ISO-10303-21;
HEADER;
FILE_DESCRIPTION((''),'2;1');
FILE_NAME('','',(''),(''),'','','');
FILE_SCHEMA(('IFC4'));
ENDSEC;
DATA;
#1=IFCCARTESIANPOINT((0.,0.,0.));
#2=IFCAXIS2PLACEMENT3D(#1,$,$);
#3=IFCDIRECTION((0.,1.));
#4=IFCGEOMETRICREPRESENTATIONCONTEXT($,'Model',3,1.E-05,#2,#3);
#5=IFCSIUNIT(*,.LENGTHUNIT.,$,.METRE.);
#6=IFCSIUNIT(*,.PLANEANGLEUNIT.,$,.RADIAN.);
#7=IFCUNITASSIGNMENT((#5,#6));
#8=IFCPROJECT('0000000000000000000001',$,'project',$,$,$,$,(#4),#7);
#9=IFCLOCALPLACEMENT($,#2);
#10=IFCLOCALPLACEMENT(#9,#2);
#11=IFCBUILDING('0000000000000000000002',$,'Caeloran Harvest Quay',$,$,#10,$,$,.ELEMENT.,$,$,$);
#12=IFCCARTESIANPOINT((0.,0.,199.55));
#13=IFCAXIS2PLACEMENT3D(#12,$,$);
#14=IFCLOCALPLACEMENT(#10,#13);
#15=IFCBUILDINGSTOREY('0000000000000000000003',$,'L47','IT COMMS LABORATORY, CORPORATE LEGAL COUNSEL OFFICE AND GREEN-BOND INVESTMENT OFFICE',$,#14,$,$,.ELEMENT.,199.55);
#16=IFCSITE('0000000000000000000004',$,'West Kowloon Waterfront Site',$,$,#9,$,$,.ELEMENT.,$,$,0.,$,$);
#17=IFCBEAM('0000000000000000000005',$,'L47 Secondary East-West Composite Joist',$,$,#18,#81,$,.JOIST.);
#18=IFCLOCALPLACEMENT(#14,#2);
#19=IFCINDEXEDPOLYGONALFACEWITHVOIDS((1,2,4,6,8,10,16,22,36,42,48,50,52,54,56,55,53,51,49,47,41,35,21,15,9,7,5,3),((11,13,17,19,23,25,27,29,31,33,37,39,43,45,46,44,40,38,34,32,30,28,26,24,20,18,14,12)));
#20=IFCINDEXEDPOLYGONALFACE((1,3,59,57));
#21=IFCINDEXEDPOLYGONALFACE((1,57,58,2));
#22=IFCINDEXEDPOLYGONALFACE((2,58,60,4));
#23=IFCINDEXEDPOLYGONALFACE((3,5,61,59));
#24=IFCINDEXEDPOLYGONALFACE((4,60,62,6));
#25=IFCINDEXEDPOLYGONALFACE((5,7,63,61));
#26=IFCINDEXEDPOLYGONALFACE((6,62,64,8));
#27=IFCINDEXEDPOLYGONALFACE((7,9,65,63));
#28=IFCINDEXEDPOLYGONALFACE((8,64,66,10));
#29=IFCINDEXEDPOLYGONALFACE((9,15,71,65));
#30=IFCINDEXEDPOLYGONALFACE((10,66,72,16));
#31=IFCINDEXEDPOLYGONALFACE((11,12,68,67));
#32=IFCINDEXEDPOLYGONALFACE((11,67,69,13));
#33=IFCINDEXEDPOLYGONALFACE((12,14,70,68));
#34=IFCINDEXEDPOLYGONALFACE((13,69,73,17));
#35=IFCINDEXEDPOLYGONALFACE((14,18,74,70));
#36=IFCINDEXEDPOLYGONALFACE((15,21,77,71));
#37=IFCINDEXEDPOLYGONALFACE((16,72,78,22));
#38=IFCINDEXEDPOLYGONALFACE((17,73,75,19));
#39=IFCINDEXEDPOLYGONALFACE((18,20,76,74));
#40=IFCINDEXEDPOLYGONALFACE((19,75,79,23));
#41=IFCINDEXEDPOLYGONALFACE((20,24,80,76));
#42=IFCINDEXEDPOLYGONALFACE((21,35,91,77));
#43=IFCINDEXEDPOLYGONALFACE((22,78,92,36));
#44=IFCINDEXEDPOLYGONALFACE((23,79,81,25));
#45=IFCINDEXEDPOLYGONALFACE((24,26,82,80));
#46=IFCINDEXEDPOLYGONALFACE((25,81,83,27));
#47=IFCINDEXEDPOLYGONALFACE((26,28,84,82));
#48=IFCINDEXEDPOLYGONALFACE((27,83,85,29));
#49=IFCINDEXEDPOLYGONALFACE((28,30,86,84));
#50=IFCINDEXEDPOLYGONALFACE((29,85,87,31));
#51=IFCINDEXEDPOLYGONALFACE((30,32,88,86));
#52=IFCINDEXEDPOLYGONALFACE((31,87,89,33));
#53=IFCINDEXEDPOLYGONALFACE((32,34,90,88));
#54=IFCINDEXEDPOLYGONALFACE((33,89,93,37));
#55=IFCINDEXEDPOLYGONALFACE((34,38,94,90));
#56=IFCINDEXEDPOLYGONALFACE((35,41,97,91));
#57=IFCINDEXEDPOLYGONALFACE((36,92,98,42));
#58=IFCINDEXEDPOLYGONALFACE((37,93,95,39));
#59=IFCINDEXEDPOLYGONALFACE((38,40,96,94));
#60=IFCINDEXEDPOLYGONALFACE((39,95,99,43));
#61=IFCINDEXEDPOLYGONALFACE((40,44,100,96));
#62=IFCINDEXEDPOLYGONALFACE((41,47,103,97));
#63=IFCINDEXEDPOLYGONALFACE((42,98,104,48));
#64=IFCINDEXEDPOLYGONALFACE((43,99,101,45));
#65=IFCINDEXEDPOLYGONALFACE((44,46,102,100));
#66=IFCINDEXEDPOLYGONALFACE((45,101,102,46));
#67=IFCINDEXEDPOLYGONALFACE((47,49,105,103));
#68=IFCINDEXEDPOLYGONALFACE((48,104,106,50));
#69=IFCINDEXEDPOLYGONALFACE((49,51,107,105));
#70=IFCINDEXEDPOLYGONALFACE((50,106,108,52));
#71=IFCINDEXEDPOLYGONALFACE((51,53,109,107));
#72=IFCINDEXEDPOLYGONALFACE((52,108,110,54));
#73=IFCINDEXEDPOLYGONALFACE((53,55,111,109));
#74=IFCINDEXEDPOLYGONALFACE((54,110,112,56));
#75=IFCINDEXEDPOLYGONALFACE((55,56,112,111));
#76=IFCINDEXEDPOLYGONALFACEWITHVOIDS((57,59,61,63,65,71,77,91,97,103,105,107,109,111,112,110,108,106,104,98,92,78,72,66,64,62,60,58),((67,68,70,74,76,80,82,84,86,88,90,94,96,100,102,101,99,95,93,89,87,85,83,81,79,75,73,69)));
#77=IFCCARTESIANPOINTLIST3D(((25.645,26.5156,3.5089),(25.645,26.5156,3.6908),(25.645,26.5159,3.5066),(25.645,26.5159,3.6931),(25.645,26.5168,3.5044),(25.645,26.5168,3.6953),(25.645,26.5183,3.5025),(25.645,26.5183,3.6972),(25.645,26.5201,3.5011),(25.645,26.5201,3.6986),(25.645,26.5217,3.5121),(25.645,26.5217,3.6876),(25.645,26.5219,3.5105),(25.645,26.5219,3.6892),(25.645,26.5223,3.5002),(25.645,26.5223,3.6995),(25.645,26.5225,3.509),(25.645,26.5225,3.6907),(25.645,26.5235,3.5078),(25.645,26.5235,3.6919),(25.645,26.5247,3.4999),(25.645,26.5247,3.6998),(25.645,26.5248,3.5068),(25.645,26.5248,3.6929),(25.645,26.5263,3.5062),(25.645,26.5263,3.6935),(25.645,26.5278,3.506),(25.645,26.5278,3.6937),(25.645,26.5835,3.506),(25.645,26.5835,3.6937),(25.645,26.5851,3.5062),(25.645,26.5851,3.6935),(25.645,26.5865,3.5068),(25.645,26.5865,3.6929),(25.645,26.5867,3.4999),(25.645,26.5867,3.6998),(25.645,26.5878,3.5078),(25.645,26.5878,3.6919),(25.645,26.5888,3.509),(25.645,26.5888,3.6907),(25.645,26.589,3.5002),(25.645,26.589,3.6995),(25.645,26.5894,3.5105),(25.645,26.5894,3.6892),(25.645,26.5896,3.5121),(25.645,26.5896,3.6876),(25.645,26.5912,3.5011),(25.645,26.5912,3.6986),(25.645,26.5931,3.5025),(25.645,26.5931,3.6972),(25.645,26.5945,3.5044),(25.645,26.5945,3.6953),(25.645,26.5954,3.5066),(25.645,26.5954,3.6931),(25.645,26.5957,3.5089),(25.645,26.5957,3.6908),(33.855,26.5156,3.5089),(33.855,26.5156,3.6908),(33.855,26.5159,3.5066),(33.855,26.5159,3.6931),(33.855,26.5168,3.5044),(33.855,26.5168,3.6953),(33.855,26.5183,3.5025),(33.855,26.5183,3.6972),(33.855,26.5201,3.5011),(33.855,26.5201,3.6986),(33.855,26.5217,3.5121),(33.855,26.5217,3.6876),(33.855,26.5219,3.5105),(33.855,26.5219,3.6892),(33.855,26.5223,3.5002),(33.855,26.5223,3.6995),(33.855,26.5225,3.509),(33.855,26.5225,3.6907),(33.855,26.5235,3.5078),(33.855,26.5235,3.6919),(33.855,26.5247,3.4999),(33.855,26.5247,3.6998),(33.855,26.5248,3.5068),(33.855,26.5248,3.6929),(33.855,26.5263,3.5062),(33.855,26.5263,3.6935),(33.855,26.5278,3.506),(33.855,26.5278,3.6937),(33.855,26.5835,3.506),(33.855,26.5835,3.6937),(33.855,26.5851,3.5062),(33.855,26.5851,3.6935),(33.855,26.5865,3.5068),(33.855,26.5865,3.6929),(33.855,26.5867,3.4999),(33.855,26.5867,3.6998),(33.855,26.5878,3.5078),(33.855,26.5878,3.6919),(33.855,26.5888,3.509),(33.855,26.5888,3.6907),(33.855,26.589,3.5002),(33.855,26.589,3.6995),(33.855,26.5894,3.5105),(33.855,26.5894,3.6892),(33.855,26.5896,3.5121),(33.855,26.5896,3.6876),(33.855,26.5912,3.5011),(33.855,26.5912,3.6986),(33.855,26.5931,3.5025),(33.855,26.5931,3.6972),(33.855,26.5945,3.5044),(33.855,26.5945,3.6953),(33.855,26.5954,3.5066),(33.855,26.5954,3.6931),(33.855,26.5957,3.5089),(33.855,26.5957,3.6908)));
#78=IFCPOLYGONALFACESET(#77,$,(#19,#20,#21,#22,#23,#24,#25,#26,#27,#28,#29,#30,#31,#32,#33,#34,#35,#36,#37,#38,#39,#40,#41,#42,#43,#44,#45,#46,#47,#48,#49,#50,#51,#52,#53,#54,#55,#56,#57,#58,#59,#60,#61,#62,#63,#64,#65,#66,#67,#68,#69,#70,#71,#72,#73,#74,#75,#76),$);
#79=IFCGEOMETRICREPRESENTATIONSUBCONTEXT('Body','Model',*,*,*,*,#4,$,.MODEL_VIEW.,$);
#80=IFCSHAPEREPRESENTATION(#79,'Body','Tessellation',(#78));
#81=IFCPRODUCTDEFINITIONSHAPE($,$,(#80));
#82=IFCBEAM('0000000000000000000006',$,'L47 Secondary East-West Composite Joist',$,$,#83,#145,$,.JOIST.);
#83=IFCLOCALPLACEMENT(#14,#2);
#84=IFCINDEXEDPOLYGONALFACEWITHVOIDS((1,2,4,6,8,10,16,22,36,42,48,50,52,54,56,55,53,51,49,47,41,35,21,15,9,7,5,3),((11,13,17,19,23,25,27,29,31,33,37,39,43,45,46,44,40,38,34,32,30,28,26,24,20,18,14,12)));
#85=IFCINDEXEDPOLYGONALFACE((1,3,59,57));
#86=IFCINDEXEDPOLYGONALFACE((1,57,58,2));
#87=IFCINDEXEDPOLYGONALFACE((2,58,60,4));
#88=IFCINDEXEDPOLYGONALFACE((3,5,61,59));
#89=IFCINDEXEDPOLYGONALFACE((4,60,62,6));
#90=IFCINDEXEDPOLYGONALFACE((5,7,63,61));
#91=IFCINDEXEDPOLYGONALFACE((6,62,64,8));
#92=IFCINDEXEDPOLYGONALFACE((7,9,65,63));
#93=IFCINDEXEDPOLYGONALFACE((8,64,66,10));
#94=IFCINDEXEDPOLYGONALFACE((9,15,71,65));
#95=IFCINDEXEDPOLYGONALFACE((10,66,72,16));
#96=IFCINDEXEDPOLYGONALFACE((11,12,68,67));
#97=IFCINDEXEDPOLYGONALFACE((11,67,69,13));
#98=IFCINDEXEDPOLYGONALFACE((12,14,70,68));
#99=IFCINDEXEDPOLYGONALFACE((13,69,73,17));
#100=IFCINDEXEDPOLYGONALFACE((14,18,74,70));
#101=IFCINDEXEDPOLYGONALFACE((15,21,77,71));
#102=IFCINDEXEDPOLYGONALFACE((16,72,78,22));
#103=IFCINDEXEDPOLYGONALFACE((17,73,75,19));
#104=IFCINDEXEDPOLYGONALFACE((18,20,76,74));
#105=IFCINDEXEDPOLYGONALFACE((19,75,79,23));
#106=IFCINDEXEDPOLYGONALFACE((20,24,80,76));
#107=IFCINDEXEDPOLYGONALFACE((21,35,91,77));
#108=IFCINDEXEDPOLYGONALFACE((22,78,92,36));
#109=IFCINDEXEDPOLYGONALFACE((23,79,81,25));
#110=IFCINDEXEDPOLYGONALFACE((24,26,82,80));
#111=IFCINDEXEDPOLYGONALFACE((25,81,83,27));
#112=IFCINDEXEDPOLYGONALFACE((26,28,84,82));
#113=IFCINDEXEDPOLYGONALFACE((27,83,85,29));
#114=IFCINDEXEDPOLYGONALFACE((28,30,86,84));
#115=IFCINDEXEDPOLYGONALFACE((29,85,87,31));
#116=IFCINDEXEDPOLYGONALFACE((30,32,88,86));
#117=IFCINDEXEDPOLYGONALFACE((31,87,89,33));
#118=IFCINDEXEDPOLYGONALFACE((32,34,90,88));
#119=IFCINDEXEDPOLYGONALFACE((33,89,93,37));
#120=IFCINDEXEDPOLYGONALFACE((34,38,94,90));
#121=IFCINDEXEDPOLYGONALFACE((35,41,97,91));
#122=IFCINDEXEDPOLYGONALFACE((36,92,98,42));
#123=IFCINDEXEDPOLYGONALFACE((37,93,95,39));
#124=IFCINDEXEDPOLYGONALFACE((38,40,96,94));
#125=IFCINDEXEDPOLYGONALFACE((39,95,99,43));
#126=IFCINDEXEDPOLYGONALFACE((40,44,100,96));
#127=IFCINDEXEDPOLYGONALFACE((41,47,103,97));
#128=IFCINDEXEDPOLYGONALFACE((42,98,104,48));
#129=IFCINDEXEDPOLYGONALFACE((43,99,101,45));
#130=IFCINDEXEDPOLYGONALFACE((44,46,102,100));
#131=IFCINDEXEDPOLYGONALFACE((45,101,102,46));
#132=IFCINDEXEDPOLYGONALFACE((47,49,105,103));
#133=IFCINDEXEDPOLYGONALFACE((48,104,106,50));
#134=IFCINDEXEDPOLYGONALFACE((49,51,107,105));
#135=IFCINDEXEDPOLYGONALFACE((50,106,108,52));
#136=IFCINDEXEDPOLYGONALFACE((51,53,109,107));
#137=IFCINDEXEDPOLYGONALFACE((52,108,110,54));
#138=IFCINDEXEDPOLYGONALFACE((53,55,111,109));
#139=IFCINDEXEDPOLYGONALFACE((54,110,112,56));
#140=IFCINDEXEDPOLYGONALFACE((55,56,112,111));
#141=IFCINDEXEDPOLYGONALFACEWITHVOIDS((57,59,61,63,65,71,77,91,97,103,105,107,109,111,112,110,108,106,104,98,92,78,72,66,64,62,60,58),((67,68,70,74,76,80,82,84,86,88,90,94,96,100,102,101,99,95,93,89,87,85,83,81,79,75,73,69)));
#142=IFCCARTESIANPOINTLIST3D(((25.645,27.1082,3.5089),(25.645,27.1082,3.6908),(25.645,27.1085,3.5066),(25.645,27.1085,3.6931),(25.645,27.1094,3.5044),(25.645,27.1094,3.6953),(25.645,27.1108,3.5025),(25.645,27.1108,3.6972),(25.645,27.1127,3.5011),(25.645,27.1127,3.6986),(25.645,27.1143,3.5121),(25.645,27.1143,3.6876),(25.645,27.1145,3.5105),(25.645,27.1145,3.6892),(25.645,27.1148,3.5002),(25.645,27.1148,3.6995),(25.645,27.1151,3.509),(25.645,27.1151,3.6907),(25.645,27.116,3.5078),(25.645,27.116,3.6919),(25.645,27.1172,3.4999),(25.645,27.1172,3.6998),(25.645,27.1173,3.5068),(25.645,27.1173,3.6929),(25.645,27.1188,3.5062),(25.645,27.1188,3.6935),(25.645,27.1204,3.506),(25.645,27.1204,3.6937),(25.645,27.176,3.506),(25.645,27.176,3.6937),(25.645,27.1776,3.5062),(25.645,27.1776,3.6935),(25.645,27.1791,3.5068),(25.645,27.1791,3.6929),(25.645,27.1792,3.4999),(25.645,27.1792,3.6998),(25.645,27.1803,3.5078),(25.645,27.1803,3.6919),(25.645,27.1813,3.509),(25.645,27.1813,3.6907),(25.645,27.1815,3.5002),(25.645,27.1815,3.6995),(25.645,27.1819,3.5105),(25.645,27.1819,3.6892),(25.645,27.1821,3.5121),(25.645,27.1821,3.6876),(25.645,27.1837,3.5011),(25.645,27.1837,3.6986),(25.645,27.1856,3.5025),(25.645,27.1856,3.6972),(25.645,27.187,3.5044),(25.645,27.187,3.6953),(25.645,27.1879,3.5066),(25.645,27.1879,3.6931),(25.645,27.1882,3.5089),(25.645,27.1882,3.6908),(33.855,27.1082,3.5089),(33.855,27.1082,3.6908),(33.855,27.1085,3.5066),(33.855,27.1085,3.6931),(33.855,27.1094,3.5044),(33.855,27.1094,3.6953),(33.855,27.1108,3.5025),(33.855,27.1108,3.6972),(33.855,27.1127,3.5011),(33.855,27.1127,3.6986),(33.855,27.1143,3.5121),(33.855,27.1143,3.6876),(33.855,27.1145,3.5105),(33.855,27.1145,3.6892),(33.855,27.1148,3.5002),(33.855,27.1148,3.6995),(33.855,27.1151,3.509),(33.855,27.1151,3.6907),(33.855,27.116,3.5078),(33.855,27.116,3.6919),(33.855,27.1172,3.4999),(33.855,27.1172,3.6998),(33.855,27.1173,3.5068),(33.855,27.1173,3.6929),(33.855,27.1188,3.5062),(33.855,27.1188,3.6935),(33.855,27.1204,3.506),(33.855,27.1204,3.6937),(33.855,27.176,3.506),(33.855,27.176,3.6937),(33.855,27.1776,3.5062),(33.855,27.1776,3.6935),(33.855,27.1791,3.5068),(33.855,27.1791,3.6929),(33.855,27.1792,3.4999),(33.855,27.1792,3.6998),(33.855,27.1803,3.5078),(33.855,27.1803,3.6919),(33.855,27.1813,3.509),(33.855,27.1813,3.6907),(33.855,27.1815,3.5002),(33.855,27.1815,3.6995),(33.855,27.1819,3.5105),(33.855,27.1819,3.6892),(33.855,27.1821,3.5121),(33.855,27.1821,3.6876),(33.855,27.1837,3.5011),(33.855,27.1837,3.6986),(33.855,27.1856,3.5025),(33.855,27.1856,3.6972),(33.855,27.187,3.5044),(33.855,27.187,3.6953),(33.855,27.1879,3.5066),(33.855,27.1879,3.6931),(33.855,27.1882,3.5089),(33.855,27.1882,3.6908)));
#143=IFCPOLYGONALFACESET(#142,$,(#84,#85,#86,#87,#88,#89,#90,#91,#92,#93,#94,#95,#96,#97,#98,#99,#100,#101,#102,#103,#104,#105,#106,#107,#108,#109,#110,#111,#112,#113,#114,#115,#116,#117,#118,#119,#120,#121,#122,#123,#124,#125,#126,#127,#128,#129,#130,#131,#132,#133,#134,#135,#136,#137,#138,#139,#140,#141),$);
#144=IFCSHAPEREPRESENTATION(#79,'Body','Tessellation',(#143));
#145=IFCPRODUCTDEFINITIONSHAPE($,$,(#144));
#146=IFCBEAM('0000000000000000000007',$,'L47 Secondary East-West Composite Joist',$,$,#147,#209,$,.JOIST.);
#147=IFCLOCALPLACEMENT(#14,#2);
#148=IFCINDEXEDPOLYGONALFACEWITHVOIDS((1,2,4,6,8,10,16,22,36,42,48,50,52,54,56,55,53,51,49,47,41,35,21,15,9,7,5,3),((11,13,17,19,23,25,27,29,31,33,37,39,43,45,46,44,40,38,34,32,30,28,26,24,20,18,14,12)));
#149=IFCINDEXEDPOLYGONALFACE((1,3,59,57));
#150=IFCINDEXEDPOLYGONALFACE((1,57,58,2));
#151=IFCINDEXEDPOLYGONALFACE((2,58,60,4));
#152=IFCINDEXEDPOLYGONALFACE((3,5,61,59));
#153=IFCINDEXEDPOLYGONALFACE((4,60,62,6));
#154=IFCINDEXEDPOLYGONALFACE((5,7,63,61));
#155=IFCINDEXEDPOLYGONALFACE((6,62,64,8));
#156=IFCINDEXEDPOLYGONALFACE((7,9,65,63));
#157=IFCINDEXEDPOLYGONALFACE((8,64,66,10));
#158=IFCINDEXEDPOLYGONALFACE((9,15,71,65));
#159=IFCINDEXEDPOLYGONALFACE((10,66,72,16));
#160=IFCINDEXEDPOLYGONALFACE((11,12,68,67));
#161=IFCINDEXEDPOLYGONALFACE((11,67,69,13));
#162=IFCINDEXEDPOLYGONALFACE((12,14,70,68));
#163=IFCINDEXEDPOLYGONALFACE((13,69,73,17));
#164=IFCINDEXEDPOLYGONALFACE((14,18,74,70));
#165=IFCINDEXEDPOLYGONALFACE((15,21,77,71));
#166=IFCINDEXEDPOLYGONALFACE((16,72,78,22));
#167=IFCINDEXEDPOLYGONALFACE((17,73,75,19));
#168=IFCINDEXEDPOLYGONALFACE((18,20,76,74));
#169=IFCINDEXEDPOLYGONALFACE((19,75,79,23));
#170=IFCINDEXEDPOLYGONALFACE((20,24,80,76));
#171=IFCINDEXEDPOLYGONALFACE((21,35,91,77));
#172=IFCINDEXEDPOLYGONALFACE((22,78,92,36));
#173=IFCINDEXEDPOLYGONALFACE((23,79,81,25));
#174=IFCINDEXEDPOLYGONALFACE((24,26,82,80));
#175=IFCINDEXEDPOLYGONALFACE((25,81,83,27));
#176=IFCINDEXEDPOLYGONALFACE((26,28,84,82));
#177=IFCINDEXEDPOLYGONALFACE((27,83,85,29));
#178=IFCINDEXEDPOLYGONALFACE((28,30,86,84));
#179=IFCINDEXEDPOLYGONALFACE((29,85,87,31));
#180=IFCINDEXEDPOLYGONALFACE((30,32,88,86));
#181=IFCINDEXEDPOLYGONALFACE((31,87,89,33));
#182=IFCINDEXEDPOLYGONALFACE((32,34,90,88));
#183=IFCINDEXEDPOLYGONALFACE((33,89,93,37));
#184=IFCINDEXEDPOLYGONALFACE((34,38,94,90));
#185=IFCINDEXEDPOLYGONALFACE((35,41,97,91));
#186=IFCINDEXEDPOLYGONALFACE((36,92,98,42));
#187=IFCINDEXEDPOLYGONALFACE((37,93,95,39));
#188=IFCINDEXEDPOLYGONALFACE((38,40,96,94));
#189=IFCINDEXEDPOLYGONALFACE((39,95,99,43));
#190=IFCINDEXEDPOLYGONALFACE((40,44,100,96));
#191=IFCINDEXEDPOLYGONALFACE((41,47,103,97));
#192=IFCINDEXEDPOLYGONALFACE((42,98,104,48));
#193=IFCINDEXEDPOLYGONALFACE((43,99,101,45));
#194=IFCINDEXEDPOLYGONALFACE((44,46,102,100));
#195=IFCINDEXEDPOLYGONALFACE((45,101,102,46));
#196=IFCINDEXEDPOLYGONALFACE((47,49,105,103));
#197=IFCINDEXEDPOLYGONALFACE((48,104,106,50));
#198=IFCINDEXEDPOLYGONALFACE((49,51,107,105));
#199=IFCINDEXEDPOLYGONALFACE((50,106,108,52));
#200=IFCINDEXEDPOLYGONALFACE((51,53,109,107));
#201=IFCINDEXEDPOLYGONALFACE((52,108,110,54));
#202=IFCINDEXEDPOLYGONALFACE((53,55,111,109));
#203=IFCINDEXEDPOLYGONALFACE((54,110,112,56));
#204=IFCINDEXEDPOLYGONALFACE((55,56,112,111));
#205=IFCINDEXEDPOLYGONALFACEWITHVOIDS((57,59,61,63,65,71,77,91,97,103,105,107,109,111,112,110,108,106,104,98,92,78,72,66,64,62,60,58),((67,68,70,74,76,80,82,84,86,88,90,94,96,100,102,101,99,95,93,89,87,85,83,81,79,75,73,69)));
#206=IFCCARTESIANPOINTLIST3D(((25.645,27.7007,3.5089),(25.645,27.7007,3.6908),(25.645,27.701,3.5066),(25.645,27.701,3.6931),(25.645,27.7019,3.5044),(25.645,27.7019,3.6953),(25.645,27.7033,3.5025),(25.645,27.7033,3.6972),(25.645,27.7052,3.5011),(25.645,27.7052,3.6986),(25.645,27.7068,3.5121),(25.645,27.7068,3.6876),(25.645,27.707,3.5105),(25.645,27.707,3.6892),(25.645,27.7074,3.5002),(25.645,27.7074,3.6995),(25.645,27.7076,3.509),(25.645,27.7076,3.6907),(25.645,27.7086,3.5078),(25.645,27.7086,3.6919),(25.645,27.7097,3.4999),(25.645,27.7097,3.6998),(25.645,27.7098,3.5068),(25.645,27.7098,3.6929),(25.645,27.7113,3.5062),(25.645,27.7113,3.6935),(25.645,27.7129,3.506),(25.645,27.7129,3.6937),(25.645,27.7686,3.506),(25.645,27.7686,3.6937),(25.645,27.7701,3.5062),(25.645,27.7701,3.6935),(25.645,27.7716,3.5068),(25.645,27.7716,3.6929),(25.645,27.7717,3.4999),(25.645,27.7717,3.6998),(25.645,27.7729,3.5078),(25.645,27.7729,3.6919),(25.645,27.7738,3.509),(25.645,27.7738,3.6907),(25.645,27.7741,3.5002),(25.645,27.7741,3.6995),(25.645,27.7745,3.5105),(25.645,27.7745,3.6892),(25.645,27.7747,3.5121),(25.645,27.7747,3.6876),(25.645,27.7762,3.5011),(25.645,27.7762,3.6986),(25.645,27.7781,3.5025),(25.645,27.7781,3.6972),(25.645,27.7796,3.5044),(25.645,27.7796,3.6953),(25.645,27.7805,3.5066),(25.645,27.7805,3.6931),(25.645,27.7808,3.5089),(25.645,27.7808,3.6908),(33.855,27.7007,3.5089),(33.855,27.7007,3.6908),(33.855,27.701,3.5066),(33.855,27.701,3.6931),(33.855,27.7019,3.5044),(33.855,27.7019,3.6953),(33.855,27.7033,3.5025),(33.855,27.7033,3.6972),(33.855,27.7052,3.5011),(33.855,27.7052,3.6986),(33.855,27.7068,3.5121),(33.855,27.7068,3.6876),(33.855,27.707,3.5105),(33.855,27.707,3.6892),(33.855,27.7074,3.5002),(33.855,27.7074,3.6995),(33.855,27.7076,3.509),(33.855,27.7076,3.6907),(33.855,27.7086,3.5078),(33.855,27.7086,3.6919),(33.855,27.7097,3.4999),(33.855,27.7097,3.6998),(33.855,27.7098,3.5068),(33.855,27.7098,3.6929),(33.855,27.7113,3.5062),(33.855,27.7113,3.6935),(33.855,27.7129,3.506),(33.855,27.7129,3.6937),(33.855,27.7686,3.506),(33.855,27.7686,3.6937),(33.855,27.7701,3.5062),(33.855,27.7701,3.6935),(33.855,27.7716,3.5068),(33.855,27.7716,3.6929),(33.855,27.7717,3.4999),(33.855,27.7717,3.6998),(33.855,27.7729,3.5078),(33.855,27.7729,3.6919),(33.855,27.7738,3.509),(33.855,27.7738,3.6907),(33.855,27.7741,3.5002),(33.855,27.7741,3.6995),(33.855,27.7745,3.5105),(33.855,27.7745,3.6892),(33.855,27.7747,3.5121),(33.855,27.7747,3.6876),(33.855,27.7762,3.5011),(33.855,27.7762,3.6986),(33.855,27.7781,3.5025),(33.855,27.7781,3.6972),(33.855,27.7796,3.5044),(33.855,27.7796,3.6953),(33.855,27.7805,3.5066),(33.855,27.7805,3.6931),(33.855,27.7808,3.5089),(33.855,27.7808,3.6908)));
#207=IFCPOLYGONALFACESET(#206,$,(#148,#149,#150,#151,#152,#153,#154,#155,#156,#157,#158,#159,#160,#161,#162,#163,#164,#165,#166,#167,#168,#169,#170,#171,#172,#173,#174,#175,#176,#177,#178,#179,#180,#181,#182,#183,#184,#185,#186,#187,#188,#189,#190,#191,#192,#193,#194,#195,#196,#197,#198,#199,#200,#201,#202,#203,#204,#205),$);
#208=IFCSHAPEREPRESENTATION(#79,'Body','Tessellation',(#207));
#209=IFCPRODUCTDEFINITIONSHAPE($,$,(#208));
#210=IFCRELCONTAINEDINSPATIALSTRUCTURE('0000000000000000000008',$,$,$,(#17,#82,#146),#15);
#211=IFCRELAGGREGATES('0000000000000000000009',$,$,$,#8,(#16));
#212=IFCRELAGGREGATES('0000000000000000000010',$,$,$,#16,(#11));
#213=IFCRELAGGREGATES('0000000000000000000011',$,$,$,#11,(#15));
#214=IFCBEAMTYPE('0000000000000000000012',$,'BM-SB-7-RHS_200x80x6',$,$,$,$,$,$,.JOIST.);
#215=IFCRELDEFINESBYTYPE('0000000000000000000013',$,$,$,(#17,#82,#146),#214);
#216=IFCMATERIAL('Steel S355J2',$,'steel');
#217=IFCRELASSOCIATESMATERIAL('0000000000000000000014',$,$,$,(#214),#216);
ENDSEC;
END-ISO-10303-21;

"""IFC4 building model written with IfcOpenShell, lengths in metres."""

from ifc_helpers import new_model, si_unit, direction, frame, origin, origin_2d, place, context, subcontext, project, spatial, hollow_rectangle, extrude, material, material_profile, profile_set, type_object, element, save


model = new_model("IFC4")

# Units and contexts
model_context = context("Model", 3, precision=1e-05, world=origin(), true_north=direction((0.0, 1.0)))
body_context = subcontext(model_context, "Body", "Model", "MODEL_VIEW")
ifc_project = project(units=[si_unit("LENGTHUNIT", "METRE"), si_unit("PLANEANGLEUNIT", "RADIAN")], contexts=[model_context])

# Site, building, storey
site_placement = place(None, origin())
site = spatial("IfcSite", under=ifc_project, at=site_placement, Name="West Kowloon Waterfront Site", CompositionType="ELEMENT", RefElevation=0.0)
building_placement = place(site_placement, origin())
building = spatial("IfcBuilding", under=site, at=building_placement, Name="Caeloran Harvest Quay", CompositionType="ELEMENT")
storey_placement = place(building_placement, frame((0.0, 0.0, 199.55)))
storey = spatial("IfcBuildingStorey", under=building, at=storey_placement, Name="L47", Description="IT COMMS LABORATORY, CORPORATE LEGAL COUNSEL OFFICE AND GREEN-BOND INVESTMENT OFFICE", CompositionType="ELEMENT", Elevation=199.55)

# Beams
ifc_material_1 = material(Name="Steel S355J2", Category="steel")
ifc_material_profile_1 = material_profile(ifc_material_1, hollow_rectangle(XDim=0.0801, YDim=0.2, WallThickness=0.0061, InnerFilletRadius=0.0061, OuterFilletRadius=0.009, at=origin_2d()), Name="RHS 200x80x6")
ifc_profile_set_1 = profile_set([ifc_material_profile_1], Name="Steel S355J2")
beam_type_1 = type_object("IfcBeamType", Name="BM-SB-7-RHS_200x80x6", PredefinedType="JOIST", material=ifc_profile_set_1)
for number, where, z_axis, x_axis, name in (
    (1, (25.645, 26.5557, 3.5999), (1.0, 0.0, 0.0), (0.0, 1.0, 0.0), "L47 Secondary East-West Composite Joist"),
    (2, (25.645, 27.1482, 3.5999), (1.0, 0.0, 0.0), (0.0, 1.0, 0.0), "L47 Secondary East-West Composite Joist"),
    (3, (25.645, 27.7407, 3.5999), (1.0, 0.0, 0.0), (0.0, 1.0, 0.0), "L47 Secondary East-West Composite Joist"),
):
    element("IfcBeam", number, at=place(storey_placement, frame(where, z_axis=z_axis, x_axis=x_axis)), inside=storey, type_object=beam_type_1, Name=name, PredefinedType="JOIST", context=body_context, shape_type="SweptSolid", body=[
        extrude(hollow_rectangle(XDim=0.0801, YDim=0.2, WallThickness=0.0061, InnerFilletRadius=0.0061, OuterFilletRadius=0.009, at=origin_2d()), origin(), (0.0, 0.0, 1.0), 8.21),
    ])

save(model, "model.ifc")
